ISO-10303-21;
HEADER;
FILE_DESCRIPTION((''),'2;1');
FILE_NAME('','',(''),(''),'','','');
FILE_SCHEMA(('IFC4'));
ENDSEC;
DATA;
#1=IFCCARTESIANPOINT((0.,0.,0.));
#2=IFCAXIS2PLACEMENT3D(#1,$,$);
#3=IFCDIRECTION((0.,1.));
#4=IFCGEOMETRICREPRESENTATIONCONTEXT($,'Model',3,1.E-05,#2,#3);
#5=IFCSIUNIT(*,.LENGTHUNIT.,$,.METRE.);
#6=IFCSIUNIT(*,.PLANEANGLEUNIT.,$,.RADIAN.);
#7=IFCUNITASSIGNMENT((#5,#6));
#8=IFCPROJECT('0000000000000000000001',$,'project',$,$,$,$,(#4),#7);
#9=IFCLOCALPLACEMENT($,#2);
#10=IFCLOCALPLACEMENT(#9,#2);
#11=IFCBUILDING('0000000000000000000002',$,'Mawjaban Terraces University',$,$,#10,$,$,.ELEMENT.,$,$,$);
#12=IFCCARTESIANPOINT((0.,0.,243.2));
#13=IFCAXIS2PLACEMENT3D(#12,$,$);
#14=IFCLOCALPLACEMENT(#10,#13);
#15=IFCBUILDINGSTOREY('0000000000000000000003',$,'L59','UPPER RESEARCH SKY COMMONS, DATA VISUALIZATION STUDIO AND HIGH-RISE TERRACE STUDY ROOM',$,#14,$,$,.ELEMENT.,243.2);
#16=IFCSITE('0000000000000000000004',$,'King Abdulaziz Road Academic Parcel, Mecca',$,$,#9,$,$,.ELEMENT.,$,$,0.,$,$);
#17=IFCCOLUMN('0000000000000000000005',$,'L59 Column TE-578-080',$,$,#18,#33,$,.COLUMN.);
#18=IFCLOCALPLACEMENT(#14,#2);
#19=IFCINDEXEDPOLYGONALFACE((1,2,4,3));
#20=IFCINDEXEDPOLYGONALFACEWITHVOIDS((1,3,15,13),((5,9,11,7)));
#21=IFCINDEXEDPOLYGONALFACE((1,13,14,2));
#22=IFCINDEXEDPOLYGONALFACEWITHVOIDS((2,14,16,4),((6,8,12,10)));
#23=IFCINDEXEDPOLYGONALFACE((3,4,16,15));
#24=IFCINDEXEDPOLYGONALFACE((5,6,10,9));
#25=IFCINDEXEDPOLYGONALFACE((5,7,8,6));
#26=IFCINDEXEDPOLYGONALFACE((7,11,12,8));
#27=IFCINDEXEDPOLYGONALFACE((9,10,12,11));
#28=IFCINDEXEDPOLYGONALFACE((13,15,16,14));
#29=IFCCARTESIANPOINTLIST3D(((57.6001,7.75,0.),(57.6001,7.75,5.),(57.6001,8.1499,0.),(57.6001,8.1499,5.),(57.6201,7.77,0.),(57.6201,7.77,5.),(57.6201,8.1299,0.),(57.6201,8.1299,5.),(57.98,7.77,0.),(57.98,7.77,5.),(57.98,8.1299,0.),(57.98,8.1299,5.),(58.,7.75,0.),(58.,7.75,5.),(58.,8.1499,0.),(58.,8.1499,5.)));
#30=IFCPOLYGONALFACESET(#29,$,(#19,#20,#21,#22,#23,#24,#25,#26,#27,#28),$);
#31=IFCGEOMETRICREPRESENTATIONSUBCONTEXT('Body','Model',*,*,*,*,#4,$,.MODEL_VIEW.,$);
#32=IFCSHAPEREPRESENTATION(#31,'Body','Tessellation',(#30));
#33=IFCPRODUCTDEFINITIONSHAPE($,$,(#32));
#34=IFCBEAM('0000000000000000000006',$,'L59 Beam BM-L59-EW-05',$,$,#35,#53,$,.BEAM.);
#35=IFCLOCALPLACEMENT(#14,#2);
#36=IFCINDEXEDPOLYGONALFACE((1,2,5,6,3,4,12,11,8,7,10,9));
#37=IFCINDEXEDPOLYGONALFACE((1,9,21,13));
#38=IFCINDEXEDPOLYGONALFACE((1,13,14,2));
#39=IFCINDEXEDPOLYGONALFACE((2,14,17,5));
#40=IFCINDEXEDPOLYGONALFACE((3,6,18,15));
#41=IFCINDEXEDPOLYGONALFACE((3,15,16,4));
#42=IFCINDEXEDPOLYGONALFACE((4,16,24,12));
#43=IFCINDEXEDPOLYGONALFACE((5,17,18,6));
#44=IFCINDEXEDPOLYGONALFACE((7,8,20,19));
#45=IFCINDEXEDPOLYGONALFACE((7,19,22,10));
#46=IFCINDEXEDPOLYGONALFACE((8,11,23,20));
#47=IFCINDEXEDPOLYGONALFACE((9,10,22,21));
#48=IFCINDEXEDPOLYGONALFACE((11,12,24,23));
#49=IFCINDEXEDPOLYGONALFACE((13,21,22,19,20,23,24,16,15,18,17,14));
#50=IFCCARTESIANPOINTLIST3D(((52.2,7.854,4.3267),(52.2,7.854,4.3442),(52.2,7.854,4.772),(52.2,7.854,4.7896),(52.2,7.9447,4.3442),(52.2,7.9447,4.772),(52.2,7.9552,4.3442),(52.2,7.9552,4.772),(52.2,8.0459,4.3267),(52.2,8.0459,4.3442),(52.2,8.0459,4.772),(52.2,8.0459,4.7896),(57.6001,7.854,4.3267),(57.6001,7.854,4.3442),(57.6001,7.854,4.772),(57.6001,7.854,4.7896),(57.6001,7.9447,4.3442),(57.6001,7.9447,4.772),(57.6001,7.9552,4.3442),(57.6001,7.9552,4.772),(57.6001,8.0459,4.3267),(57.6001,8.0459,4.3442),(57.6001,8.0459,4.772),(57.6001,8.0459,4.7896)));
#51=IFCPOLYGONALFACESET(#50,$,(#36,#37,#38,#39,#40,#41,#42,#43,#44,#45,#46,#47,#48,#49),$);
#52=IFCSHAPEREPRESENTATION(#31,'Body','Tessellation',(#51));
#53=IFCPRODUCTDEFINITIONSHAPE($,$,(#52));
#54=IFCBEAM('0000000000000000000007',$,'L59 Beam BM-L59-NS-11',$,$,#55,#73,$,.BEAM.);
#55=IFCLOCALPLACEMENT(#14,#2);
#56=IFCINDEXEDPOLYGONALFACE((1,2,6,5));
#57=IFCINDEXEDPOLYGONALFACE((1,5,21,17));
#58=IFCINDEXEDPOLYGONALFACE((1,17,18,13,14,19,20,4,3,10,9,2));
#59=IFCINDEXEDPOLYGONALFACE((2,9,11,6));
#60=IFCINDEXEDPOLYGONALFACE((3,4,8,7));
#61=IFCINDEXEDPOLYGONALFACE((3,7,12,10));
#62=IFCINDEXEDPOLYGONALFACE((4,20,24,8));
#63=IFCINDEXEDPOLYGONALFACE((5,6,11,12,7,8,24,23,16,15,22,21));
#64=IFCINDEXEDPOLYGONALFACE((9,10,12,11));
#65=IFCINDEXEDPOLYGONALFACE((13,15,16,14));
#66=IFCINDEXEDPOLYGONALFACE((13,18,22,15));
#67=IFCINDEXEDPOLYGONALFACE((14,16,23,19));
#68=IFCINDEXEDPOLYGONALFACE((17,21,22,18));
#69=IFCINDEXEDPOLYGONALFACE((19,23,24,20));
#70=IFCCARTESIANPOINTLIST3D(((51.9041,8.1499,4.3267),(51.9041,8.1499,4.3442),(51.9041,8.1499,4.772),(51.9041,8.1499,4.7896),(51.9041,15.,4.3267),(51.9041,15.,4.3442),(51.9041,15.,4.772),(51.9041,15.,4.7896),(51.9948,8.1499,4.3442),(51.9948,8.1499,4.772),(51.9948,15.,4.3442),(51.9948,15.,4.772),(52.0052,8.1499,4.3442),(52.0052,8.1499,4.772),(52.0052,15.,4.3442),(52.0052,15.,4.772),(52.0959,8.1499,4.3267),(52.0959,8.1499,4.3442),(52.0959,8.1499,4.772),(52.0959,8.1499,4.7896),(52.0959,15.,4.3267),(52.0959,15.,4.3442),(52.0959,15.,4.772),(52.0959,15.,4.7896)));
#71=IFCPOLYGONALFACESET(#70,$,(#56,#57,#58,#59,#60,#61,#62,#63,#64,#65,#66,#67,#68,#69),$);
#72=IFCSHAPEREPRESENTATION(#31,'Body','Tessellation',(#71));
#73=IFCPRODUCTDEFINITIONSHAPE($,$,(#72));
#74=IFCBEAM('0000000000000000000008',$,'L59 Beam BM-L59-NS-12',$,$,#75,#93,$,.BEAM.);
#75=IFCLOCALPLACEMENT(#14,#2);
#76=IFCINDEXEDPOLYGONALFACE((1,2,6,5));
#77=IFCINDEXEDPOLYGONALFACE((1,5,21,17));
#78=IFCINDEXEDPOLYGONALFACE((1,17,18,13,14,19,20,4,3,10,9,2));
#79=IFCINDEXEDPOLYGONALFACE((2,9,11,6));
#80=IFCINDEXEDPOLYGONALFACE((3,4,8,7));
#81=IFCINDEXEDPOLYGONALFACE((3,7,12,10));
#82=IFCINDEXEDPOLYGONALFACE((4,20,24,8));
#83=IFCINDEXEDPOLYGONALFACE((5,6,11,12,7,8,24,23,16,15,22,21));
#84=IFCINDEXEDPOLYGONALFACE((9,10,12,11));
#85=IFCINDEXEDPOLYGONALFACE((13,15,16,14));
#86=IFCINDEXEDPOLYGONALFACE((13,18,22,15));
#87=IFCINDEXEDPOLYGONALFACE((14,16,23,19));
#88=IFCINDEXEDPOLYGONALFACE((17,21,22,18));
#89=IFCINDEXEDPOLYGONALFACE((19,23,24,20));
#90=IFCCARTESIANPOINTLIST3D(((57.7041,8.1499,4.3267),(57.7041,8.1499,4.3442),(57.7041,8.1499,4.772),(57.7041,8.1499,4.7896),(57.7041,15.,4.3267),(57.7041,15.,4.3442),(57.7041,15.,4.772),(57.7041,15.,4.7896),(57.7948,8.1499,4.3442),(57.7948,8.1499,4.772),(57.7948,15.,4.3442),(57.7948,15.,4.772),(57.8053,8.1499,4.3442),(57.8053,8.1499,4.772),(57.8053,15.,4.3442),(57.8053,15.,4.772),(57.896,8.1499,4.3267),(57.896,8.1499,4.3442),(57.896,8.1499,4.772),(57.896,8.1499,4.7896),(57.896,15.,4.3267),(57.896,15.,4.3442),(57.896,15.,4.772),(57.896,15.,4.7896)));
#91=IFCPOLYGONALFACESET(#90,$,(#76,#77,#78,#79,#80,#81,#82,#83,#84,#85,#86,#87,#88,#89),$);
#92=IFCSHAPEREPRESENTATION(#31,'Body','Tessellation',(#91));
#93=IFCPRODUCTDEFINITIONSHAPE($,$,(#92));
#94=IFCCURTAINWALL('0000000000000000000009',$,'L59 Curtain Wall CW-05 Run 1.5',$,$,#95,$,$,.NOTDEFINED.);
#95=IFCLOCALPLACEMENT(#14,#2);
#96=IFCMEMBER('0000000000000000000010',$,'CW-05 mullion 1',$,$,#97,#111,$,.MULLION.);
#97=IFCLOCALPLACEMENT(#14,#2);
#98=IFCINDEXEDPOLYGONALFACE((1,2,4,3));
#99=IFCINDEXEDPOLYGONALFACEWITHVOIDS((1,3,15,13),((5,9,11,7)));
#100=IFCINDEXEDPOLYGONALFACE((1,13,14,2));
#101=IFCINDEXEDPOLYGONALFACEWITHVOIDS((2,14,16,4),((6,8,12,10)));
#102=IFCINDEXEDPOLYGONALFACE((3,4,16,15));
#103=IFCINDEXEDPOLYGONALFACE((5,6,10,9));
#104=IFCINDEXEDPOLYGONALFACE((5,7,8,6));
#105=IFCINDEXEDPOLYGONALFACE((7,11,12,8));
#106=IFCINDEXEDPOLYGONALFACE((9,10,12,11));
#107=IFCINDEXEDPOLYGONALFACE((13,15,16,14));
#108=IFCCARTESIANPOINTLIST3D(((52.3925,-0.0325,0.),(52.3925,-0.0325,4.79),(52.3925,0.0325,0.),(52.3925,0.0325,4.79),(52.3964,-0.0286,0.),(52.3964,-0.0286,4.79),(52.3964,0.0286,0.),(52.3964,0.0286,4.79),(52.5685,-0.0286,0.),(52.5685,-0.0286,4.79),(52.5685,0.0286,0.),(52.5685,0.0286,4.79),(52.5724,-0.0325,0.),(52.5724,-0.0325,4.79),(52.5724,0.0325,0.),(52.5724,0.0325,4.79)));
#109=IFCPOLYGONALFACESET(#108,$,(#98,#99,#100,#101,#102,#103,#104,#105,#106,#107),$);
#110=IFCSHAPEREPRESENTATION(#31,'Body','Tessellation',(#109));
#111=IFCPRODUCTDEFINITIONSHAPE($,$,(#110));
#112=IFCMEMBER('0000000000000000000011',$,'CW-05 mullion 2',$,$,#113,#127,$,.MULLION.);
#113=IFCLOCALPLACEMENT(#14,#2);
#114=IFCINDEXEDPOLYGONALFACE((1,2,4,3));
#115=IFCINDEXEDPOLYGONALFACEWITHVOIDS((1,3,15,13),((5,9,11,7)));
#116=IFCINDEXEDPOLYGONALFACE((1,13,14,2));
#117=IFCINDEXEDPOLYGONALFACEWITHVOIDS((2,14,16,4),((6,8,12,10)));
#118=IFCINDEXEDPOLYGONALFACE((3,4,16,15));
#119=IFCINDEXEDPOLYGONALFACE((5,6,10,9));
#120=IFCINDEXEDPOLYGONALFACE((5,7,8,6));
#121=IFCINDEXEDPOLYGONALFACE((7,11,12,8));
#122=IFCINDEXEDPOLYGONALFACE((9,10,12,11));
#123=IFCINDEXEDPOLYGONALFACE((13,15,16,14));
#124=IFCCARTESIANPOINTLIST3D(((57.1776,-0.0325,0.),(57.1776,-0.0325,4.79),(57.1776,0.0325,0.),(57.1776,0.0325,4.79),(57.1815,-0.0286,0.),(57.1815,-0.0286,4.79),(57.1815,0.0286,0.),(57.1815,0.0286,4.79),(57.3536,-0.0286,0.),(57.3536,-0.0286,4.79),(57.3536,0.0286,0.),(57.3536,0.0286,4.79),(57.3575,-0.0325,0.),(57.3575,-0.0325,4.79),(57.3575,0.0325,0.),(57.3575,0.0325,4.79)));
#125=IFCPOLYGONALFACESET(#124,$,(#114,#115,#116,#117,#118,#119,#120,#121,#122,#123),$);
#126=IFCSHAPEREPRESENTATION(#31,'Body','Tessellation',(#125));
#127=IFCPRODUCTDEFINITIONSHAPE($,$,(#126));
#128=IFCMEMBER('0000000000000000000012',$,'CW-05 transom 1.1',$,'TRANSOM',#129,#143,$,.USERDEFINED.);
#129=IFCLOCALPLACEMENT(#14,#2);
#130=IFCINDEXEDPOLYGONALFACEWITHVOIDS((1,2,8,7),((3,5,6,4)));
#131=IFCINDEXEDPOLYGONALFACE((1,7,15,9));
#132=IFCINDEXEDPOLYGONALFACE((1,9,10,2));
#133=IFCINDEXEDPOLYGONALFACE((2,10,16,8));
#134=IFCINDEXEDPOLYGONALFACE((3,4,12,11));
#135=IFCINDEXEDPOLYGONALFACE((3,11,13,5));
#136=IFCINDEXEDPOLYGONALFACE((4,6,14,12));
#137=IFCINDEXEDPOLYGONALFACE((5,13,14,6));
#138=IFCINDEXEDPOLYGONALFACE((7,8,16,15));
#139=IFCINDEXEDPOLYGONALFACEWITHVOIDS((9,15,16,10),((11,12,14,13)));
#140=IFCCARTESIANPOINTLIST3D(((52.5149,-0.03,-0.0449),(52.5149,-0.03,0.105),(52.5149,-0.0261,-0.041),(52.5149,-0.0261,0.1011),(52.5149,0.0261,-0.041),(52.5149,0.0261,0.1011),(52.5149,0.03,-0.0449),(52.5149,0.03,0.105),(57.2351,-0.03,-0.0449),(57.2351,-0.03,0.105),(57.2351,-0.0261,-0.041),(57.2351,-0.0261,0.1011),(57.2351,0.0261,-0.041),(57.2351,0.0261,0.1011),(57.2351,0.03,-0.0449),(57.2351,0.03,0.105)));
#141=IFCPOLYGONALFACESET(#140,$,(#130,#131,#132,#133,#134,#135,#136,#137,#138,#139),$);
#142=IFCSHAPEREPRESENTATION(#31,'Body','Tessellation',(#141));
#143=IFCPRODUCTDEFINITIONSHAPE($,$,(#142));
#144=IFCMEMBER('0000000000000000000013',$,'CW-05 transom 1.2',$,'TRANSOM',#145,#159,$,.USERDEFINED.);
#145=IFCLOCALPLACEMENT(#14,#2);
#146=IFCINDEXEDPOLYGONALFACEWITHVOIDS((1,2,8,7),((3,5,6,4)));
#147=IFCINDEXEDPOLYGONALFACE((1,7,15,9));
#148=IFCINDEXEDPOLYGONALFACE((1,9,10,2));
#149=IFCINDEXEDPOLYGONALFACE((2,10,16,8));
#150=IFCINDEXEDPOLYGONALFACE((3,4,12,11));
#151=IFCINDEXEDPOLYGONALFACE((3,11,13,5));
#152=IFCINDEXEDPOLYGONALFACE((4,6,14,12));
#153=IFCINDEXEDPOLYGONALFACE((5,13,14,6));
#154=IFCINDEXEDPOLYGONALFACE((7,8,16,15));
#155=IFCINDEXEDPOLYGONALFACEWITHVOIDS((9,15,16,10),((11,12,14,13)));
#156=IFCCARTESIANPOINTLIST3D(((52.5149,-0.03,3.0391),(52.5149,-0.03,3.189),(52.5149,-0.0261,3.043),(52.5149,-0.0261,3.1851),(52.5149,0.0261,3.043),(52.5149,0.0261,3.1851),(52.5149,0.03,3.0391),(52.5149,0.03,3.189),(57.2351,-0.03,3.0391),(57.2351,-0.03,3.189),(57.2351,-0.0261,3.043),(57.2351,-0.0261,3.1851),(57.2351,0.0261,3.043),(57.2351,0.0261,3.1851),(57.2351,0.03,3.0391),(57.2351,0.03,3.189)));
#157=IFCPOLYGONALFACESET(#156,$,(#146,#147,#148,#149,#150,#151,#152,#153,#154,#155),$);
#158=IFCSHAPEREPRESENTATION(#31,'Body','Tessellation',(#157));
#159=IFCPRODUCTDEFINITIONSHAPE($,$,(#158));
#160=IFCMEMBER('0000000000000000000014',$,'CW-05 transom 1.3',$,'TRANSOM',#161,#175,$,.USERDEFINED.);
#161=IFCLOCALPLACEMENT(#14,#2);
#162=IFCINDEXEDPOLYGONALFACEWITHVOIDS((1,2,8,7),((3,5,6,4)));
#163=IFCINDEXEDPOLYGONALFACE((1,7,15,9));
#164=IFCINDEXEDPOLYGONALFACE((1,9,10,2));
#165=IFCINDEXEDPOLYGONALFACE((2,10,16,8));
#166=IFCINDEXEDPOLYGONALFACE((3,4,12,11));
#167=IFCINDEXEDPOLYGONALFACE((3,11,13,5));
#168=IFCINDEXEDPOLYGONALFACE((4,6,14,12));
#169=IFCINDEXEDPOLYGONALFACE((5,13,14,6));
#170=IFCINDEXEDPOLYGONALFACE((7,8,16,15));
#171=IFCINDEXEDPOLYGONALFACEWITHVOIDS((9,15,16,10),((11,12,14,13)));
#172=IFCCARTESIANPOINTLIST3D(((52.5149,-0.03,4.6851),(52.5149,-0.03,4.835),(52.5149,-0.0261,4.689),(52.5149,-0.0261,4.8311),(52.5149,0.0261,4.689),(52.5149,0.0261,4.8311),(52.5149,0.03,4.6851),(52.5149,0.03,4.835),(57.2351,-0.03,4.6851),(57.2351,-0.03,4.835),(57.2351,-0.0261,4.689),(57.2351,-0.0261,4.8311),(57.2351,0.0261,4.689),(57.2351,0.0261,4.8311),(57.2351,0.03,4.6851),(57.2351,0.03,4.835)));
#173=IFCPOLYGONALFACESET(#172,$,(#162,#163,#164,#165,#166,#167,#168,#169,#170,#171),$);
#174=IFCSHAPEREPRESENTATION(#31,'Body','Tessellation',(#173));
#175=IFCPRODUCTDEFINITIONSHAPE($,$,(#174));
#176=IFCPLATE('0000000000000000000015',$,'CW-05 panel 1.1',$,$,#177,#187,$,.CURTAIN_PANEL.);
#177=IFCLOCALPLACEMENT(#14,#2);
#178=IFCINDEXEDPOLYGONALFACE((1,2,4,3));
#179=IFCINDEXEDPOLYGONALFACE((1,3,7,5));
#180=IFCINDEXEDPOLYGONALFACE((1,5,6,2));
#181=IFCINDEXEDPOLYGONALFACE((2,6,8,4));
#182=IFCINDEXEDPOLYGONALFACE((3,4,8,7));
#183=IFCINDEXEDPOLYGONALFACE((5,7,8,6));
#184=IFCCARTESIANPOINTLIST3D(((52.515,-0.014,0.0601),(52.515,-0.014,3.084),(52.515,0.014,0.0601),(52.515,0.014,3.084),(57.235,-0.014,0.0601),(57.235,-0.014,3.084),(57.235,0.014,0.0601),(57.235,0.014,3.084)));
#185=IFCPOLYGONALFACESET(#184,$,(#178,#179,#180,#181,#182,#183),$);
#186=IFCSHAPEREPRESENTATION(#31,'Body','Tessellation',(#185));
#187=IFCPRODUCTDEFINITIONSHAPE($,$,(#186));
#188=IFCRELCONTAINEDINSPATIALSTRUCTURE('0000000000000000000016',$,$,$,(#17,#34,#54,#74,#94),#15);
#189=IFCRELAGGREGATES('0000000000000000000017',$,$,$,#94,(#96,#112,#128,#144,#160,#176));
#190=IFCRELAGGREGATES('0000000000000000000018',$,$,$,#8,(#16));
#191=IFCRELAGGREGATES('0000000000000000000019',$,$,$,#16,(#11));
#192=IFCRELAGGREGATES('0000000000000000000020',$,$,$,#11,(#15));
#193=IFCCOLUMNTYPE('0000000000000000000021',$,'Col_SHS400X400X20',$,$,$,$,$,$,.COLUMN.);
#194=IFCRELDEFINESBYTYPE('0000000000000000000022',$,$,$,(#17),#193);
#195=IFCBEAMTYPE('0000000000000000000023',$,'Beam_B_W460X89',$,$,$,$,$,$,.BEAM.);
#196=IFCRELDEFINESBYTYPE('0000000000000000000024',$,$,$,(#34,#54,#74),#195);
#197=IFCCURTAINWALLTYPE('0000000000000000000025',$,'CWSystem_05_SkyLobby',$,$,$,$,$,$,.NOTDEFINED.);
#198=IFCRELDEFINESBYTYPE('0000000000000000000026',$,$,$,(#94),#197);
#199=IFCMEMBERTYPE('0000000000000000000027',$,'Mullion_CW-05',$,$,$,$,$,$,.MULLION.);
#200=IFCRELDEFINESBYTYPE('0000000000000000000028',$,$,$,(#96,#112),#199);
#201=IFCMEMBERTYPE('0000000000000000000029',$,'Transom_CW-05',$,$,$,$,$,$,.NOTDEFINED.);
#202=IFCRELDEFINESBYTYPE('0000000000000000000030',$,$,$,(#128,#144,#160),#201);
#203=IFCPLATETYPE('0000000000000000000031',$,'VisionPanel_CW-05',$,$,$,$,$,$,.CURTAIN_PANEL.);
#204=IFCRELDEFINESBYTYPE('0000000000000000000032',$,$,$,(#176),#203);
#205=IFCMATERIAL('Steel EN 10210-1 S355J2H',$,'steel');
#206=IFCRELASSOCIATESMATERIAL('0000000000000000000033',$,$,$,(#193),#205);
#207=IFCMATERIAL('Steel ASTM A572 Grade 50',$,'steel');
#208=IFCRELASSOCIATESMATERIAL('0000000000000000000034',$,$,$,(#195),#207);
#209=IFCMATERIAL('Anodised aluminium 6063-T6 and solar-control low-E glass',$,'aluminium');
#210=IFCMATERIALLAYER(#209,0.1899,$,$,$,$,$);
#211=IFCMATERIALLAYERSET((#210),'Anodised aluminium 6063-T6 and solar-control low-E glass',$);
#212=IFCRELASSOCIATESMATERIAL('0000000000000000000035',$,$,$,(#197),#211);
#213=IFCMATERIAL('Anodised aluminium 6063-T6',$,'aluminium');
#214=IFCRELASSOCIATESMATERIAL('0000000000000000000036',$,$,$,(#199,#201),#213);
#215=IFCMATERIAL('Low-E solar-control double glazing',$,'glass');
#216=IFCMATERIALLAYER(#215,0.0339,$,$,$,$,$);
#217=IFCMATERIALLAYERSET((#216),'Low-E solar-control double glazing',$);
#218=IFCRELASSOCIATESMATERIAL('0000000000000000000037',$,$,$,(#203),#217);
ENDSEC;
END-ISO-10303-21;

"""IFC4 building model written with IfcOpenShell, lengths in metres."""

from ifc_helpers import new_model, si_unit, direction, frame, origin, origin_2d, place, context, subcontext, project, spatial, rectangle, hollow_rectangle, i_section, extrude, material, layer, layer_set, material_profile, profile_set, type_object, element, aggregate, save


model = new_model("IFC4")

# Units and contexts
model_context = context("Model", 3, precision=1e-05, world=origin(), true_north=direction((0.0, 1.0)))
body_context = subcontext(model_context, "Body", "Model", "MODEL_VIEW")
ifc_project = project(units=[si_unit("LENGTHUNIT", "METRE"), si_unit("PLANEANGLEUNIT", "RADIAN")], contexts=[model_context])

# Site, building, storey
site_placement = place(None, origin())
site = spatial("IfcSite", under=ifc_project, at=site_placement, Name="King Abdulaziz Road Academic Parcel, Mecca", CompositionType="ELEMENT", RefElevation=0.0)
building_placement = place(site_placement, origin())
building = spatial("IfcBuilding", under=site, at=building_placement, Name="Mawjaban Terraces University", CompositionType="ELEMENT")
storey_placement = place(building_placement, frame((0.0, 0.0, 243.2)))
storey = spatial("IfcBuildingStorey", under=building, at=storey_placement, Name="L59", Description="UPPER RESEARCH SKY COMMONS, DATA VISUALIZATION STUDIO AND HIGH-RISE TERRACE STUDY ROOM", CompositionType="ELEMENT", Elevation=243.2)

# Column
ifc_material_1 = material(Name="Steel EN 10210-1 S355J2H", Category="steel")
ifc_material_profile_1 = material_profile(ifc_material_1, hollow_rectangle(XDim=0.3999, YDim=0.3999, WallThickness=0.02, at=origin_2d()), Name="SHS400X400X20")
ifc_profile_set_1 = profile_set([ifc_material_profile_1], Name="Steel EN 10210-1 S355J2H")
column_type = type_object("IfcColumnType", Name="Col_SHS400X400X20", PredefinedType="COLUMN", material=ifc_profile_set_1)
column_placement = place(storey_placement, frame((57.8, 7.95, 0.0), z_axis=(0.0, 0.0, 1.0), x_axis=(1.0, 0.0, 0.0)))
element("IfcColumn", 1, at=column_placement, inside=storey, type_object=column_type, Name="L59 Column TE-578-080", PredefinedType="COLUMN", context=body_context, shape_type="SweptSolid", body=[
    extrude(hollow_rectangle(XDim=0.3999, YDim=0.3999, WallThickness=0.02, at=origin_2d()), origin(), (0.0, 0.0, 1.0), 5.0),
])

# Beams
ifc_material_2 = material(Name="Steel ASTM A572 Grade 50", Category="steel")
ifc_material_profile_2 = material_profile(ifc_material_2, i_section(OverallWidth=0.1919, OverallDepth=0.4629, WebThickness=0.0105, FlangeThickness=0.0176, at=origin_2d()), Name="W460X89")
ifc_profile_set_2 = profile_set([ifc_material_profile_2], Name="Steel ASTM A572 Grade 50")
beam_type = type_object("IfcBeamType", Name="Beam_B_W460X89", PredefinedType="BEAM", material=ifc_profile_set_2)
beam_placement = place(storey_placement, frame((52.2, 7.95, 4.5581), z_axis=(1.0, 0.0, 0.0), x_axis=(0.0, 1.0, 0.0)))
element("IfcBeam", 2, at=beam_placement, inside=storey, type_object=beam_type, Name="L59 Beam BM-L59-EW-05", PredefinedType="BEAM", context=body_context, shape_type="SweptSolid", body=[
    extrude(i_section(OverallWidth=0.1919, OverallDepth=0.4629, WebThickness=0.0105, FlangeThickness=0.0176, at=origin_2d()), origin(), (0.0, 0.0, 1.0), 5.4001),
])
for number, where, z_axis, x_axis, name in (
    (3, (52.0, 8.1499, 4.5581), (0.0, 1.0, 0.0), (-1.0, 0.0, 0.0), "L59 Beam BM-L59-NS-11"),
    (4, (57.8, 8.1499, 4.5581), (0.0, 1.0, 0.0), (-1.0, 0.0, 0.0), "L59 Beam BM-L59-NS-12"),
):
    element("IfcBeam", number, at=place(storey_placement, frame(where, z_axis=z_axis, x_axis=x_axis)), inside=storey, type_object=beam_type, Name=name, PredefinedType="BEAM", context=body_context, shape_type="SweptSolid", body=[
        extrude(i_section(OverallWidth=0.1919, OverallDepth=0.4629, WebThickness=0.0105, FlangeThickness=0.0176, at=origin_2d()), origin(), (0.0, 0.0, 1.0), 6.8501),
    ])

# Curtain wall, members, plate
ifc_material_3 = material(Name="Anodised aluminium 6063-T6 and solar-control low-E glass", Category="aluminium")
ifc_layer_1 = layer(ifc_material_3, 0.1899)
ifc_layer_set_1 = layer_set([ifc_layer_1], Name="Anodised aluminium 6063-T6 and solar-control low-E glass")
curtain_wall_type = type_object("IfcCurtainWallType", Name="CWSystem_05_SkyLobby", PredefinedType="NOTDEFINED", material=ifc_layer_set_1)
curtain_wall_placement = place(storey_placement, origin())
curtain_wall = element("IfcCurtainWall", 5, at=curtain_wall_placement, inside=storey, type_object=curtain_wall_type, Name="L59 Curtain Wall CW-05 Run 1.5", PredefinedType="NOTDEFINED")
ifc_material_4 = material(Name="Anodised aluminium 6063-T6", Category="aluminium")
ifc_material_profile_3 = material_profile(ifc_material_4, hollow_rectangle(XDim=0.0649, YDim=0.1799, WallThickness=0.0039, at=origin_2d()), Name="ALU180X65X4")
ifc_profile_set_3 = profile_set([ifc_material_profile_3], Name="Anodised aluminium 6063-T6")
member_type_1 = type_object("IfcMemberType", Name="Mullion_CW-05", PredefinedType="MULLION", material=ifc_profile_set_3)
member_1_placement = place(storey_placement, frame((52.4824, 0.0, 0.0), z_axis=(0.0, 0.0, 1.0), x_axis=(0.0, 1.0, 0.0)))
member_1 = element("IfcMember", 6, at=member_1_placement, type_object=member_type_1, Name="CW-05 mullion 1", PredefinedType="MULLION", context=body_context, shape_type="SweptSolid", body=[
    extrude(hollow_rectangle(XDim=0.0649, YDim=0.1799, WallThickness=0.0039, at=origin_2d()), origin(), (0.0, 0.0, 1.0), 4.79),
])
member_2_placement = place(storey_placement, frame((57.2676, 0.0, 0.0), z_axis=(0.0, 0.0, 1.0), x_axis=(0.0, 1.0, 0.0)))
member_2 = element("IfcMember", 7, at=member_2_placement, type_object=member_type_1, Name="CW-05 mullion 2", PredefinedType="MULLION", context=body_context, shape_type="SweptSolid", body=[
    extrude(hollow_rectangle(XDim=0.0649, YDim=0.1799, WallThickness=0.0039, at=origin_2d()), origin(), (0.0, 0.0, 1.0), 4.79),
])
ifc_material_profile_4 = material_profile(ifc_material_4, hollow_rectangle(XDim=0.0601, YDim=0.1499, WallThickness=0.0039, at=origin_2d()), Name="ALU150X60X4")
ifc_profile_set_4 = profile_set([ifc_material_profile_4], Name="Anodised aluminium 6063-T6")
member_type_2 = type_object("IfcMemberType", Name="Transom_CW-05", PredefinedType="NOTDEFINED", material=ifc_profile_set_4)
member_3_placement = place(storey_placement, frame((52.5149, 0.0, 0.03), z_axis=(1.0, 0.0, 0.0), x_axis=(0.0, 1.0, 0.0)))
member_3 = element("IfcMember", 8, at=member_3_placement, type_object=member_type_2, Name="CW-05 transom 1.1", ObjectType="TRANSOM", PredefinedType="USERDEFINED", context=body_context, shape_type="SweptSolid", body=[
    extrude(hollow_rectangle(XDim=0.0601, YDim=0.1499, WallThickness=0.0039, at=origin_2d()), origin(), (0.0, 0.0, 1.0), 4.7202),
])
member_4_placement = place(storey_placement, frame((52.5149, 0.0, 3.114), z_axis=(1.0, 0.0, 0.0), x_axis=(0.0, 1.0, 0.0)))
member_4 = element("IfcMember", 9, at=member_4_placement, type_object=member_type_2, Name="CW-05 transom 1.2", ObjectType="TRANSOM", PredefinedType="USERDEFINED", context=body_context, shape_type="SweptSolid", body=[
    extrude(hollow_rectangle(XDim=0.0601, YDim=0.1499, WallThickness=0.0039, at=origin_2d()), origin(), (0.0, 0.0, 1.0), 4.7202),
])
member_5_placement = place(storey_placement, frame((52.5149, 0.0, 4.76), z_axis=(1.0, 0.0, 0.0), x_axis=(0.0, 1.0, 0.0)))
member_5 = element("IfcMember", 10, at=member_5_placement, type_object=member_type_2, Name="CW-05 transom 1.3", ObjectType="TRANSOM", PredefinedType="USERDEFINED", context=body_context, shape_type="SweptSolid", body=[
    extrude(hollow_rectangle(XDim=0.0601, YDim=0.1499, WallThickness=0.0039, at=origin_2d()), origin(), (0.0, 0.0, 1.0), 4.7202),
])
ifc_material_5 = material(Name="Low-E solar-control double glazing", Category="glass")
ifc_layer_2 = layer(ifc_material_5, 0.0339)
ifc_layer_set_2 = layer_set([ifc_layer_2], Name="Low-E solar-control double glazing")
plate_type = type_object("IfcPlateType", Name="VisionPanel_CW-05", PredefinedType="CURTAIN_PANEL", material=ifc_layer_set_2)
plate_1_placement = place(storey_placement, frame((54.875, 0.0, 0.0601), z_axis=(0.0, 0.0, 1.0), x_axis=(1.0, 0.0, 0.0)))
plate_1 = element("IfcPlate", 11, at=plate_1_placement, type_object=plate_type, Name="CW-05 panel 1.1", PredefinedType="CURTAIN_PANEL", context=body_context, shape_type="SweptSolid", body=[
    extrude(rectangle(XDim=4.72, YDim=0.0281, at=origin_2d()), origin(), (0.0, 0.0, 1.0), 3.0239),
])
aggregate(curtain_wall, [member_1, member_2, member_3, member_4, member_5, plate_1])

save(model, "model.ifc")
